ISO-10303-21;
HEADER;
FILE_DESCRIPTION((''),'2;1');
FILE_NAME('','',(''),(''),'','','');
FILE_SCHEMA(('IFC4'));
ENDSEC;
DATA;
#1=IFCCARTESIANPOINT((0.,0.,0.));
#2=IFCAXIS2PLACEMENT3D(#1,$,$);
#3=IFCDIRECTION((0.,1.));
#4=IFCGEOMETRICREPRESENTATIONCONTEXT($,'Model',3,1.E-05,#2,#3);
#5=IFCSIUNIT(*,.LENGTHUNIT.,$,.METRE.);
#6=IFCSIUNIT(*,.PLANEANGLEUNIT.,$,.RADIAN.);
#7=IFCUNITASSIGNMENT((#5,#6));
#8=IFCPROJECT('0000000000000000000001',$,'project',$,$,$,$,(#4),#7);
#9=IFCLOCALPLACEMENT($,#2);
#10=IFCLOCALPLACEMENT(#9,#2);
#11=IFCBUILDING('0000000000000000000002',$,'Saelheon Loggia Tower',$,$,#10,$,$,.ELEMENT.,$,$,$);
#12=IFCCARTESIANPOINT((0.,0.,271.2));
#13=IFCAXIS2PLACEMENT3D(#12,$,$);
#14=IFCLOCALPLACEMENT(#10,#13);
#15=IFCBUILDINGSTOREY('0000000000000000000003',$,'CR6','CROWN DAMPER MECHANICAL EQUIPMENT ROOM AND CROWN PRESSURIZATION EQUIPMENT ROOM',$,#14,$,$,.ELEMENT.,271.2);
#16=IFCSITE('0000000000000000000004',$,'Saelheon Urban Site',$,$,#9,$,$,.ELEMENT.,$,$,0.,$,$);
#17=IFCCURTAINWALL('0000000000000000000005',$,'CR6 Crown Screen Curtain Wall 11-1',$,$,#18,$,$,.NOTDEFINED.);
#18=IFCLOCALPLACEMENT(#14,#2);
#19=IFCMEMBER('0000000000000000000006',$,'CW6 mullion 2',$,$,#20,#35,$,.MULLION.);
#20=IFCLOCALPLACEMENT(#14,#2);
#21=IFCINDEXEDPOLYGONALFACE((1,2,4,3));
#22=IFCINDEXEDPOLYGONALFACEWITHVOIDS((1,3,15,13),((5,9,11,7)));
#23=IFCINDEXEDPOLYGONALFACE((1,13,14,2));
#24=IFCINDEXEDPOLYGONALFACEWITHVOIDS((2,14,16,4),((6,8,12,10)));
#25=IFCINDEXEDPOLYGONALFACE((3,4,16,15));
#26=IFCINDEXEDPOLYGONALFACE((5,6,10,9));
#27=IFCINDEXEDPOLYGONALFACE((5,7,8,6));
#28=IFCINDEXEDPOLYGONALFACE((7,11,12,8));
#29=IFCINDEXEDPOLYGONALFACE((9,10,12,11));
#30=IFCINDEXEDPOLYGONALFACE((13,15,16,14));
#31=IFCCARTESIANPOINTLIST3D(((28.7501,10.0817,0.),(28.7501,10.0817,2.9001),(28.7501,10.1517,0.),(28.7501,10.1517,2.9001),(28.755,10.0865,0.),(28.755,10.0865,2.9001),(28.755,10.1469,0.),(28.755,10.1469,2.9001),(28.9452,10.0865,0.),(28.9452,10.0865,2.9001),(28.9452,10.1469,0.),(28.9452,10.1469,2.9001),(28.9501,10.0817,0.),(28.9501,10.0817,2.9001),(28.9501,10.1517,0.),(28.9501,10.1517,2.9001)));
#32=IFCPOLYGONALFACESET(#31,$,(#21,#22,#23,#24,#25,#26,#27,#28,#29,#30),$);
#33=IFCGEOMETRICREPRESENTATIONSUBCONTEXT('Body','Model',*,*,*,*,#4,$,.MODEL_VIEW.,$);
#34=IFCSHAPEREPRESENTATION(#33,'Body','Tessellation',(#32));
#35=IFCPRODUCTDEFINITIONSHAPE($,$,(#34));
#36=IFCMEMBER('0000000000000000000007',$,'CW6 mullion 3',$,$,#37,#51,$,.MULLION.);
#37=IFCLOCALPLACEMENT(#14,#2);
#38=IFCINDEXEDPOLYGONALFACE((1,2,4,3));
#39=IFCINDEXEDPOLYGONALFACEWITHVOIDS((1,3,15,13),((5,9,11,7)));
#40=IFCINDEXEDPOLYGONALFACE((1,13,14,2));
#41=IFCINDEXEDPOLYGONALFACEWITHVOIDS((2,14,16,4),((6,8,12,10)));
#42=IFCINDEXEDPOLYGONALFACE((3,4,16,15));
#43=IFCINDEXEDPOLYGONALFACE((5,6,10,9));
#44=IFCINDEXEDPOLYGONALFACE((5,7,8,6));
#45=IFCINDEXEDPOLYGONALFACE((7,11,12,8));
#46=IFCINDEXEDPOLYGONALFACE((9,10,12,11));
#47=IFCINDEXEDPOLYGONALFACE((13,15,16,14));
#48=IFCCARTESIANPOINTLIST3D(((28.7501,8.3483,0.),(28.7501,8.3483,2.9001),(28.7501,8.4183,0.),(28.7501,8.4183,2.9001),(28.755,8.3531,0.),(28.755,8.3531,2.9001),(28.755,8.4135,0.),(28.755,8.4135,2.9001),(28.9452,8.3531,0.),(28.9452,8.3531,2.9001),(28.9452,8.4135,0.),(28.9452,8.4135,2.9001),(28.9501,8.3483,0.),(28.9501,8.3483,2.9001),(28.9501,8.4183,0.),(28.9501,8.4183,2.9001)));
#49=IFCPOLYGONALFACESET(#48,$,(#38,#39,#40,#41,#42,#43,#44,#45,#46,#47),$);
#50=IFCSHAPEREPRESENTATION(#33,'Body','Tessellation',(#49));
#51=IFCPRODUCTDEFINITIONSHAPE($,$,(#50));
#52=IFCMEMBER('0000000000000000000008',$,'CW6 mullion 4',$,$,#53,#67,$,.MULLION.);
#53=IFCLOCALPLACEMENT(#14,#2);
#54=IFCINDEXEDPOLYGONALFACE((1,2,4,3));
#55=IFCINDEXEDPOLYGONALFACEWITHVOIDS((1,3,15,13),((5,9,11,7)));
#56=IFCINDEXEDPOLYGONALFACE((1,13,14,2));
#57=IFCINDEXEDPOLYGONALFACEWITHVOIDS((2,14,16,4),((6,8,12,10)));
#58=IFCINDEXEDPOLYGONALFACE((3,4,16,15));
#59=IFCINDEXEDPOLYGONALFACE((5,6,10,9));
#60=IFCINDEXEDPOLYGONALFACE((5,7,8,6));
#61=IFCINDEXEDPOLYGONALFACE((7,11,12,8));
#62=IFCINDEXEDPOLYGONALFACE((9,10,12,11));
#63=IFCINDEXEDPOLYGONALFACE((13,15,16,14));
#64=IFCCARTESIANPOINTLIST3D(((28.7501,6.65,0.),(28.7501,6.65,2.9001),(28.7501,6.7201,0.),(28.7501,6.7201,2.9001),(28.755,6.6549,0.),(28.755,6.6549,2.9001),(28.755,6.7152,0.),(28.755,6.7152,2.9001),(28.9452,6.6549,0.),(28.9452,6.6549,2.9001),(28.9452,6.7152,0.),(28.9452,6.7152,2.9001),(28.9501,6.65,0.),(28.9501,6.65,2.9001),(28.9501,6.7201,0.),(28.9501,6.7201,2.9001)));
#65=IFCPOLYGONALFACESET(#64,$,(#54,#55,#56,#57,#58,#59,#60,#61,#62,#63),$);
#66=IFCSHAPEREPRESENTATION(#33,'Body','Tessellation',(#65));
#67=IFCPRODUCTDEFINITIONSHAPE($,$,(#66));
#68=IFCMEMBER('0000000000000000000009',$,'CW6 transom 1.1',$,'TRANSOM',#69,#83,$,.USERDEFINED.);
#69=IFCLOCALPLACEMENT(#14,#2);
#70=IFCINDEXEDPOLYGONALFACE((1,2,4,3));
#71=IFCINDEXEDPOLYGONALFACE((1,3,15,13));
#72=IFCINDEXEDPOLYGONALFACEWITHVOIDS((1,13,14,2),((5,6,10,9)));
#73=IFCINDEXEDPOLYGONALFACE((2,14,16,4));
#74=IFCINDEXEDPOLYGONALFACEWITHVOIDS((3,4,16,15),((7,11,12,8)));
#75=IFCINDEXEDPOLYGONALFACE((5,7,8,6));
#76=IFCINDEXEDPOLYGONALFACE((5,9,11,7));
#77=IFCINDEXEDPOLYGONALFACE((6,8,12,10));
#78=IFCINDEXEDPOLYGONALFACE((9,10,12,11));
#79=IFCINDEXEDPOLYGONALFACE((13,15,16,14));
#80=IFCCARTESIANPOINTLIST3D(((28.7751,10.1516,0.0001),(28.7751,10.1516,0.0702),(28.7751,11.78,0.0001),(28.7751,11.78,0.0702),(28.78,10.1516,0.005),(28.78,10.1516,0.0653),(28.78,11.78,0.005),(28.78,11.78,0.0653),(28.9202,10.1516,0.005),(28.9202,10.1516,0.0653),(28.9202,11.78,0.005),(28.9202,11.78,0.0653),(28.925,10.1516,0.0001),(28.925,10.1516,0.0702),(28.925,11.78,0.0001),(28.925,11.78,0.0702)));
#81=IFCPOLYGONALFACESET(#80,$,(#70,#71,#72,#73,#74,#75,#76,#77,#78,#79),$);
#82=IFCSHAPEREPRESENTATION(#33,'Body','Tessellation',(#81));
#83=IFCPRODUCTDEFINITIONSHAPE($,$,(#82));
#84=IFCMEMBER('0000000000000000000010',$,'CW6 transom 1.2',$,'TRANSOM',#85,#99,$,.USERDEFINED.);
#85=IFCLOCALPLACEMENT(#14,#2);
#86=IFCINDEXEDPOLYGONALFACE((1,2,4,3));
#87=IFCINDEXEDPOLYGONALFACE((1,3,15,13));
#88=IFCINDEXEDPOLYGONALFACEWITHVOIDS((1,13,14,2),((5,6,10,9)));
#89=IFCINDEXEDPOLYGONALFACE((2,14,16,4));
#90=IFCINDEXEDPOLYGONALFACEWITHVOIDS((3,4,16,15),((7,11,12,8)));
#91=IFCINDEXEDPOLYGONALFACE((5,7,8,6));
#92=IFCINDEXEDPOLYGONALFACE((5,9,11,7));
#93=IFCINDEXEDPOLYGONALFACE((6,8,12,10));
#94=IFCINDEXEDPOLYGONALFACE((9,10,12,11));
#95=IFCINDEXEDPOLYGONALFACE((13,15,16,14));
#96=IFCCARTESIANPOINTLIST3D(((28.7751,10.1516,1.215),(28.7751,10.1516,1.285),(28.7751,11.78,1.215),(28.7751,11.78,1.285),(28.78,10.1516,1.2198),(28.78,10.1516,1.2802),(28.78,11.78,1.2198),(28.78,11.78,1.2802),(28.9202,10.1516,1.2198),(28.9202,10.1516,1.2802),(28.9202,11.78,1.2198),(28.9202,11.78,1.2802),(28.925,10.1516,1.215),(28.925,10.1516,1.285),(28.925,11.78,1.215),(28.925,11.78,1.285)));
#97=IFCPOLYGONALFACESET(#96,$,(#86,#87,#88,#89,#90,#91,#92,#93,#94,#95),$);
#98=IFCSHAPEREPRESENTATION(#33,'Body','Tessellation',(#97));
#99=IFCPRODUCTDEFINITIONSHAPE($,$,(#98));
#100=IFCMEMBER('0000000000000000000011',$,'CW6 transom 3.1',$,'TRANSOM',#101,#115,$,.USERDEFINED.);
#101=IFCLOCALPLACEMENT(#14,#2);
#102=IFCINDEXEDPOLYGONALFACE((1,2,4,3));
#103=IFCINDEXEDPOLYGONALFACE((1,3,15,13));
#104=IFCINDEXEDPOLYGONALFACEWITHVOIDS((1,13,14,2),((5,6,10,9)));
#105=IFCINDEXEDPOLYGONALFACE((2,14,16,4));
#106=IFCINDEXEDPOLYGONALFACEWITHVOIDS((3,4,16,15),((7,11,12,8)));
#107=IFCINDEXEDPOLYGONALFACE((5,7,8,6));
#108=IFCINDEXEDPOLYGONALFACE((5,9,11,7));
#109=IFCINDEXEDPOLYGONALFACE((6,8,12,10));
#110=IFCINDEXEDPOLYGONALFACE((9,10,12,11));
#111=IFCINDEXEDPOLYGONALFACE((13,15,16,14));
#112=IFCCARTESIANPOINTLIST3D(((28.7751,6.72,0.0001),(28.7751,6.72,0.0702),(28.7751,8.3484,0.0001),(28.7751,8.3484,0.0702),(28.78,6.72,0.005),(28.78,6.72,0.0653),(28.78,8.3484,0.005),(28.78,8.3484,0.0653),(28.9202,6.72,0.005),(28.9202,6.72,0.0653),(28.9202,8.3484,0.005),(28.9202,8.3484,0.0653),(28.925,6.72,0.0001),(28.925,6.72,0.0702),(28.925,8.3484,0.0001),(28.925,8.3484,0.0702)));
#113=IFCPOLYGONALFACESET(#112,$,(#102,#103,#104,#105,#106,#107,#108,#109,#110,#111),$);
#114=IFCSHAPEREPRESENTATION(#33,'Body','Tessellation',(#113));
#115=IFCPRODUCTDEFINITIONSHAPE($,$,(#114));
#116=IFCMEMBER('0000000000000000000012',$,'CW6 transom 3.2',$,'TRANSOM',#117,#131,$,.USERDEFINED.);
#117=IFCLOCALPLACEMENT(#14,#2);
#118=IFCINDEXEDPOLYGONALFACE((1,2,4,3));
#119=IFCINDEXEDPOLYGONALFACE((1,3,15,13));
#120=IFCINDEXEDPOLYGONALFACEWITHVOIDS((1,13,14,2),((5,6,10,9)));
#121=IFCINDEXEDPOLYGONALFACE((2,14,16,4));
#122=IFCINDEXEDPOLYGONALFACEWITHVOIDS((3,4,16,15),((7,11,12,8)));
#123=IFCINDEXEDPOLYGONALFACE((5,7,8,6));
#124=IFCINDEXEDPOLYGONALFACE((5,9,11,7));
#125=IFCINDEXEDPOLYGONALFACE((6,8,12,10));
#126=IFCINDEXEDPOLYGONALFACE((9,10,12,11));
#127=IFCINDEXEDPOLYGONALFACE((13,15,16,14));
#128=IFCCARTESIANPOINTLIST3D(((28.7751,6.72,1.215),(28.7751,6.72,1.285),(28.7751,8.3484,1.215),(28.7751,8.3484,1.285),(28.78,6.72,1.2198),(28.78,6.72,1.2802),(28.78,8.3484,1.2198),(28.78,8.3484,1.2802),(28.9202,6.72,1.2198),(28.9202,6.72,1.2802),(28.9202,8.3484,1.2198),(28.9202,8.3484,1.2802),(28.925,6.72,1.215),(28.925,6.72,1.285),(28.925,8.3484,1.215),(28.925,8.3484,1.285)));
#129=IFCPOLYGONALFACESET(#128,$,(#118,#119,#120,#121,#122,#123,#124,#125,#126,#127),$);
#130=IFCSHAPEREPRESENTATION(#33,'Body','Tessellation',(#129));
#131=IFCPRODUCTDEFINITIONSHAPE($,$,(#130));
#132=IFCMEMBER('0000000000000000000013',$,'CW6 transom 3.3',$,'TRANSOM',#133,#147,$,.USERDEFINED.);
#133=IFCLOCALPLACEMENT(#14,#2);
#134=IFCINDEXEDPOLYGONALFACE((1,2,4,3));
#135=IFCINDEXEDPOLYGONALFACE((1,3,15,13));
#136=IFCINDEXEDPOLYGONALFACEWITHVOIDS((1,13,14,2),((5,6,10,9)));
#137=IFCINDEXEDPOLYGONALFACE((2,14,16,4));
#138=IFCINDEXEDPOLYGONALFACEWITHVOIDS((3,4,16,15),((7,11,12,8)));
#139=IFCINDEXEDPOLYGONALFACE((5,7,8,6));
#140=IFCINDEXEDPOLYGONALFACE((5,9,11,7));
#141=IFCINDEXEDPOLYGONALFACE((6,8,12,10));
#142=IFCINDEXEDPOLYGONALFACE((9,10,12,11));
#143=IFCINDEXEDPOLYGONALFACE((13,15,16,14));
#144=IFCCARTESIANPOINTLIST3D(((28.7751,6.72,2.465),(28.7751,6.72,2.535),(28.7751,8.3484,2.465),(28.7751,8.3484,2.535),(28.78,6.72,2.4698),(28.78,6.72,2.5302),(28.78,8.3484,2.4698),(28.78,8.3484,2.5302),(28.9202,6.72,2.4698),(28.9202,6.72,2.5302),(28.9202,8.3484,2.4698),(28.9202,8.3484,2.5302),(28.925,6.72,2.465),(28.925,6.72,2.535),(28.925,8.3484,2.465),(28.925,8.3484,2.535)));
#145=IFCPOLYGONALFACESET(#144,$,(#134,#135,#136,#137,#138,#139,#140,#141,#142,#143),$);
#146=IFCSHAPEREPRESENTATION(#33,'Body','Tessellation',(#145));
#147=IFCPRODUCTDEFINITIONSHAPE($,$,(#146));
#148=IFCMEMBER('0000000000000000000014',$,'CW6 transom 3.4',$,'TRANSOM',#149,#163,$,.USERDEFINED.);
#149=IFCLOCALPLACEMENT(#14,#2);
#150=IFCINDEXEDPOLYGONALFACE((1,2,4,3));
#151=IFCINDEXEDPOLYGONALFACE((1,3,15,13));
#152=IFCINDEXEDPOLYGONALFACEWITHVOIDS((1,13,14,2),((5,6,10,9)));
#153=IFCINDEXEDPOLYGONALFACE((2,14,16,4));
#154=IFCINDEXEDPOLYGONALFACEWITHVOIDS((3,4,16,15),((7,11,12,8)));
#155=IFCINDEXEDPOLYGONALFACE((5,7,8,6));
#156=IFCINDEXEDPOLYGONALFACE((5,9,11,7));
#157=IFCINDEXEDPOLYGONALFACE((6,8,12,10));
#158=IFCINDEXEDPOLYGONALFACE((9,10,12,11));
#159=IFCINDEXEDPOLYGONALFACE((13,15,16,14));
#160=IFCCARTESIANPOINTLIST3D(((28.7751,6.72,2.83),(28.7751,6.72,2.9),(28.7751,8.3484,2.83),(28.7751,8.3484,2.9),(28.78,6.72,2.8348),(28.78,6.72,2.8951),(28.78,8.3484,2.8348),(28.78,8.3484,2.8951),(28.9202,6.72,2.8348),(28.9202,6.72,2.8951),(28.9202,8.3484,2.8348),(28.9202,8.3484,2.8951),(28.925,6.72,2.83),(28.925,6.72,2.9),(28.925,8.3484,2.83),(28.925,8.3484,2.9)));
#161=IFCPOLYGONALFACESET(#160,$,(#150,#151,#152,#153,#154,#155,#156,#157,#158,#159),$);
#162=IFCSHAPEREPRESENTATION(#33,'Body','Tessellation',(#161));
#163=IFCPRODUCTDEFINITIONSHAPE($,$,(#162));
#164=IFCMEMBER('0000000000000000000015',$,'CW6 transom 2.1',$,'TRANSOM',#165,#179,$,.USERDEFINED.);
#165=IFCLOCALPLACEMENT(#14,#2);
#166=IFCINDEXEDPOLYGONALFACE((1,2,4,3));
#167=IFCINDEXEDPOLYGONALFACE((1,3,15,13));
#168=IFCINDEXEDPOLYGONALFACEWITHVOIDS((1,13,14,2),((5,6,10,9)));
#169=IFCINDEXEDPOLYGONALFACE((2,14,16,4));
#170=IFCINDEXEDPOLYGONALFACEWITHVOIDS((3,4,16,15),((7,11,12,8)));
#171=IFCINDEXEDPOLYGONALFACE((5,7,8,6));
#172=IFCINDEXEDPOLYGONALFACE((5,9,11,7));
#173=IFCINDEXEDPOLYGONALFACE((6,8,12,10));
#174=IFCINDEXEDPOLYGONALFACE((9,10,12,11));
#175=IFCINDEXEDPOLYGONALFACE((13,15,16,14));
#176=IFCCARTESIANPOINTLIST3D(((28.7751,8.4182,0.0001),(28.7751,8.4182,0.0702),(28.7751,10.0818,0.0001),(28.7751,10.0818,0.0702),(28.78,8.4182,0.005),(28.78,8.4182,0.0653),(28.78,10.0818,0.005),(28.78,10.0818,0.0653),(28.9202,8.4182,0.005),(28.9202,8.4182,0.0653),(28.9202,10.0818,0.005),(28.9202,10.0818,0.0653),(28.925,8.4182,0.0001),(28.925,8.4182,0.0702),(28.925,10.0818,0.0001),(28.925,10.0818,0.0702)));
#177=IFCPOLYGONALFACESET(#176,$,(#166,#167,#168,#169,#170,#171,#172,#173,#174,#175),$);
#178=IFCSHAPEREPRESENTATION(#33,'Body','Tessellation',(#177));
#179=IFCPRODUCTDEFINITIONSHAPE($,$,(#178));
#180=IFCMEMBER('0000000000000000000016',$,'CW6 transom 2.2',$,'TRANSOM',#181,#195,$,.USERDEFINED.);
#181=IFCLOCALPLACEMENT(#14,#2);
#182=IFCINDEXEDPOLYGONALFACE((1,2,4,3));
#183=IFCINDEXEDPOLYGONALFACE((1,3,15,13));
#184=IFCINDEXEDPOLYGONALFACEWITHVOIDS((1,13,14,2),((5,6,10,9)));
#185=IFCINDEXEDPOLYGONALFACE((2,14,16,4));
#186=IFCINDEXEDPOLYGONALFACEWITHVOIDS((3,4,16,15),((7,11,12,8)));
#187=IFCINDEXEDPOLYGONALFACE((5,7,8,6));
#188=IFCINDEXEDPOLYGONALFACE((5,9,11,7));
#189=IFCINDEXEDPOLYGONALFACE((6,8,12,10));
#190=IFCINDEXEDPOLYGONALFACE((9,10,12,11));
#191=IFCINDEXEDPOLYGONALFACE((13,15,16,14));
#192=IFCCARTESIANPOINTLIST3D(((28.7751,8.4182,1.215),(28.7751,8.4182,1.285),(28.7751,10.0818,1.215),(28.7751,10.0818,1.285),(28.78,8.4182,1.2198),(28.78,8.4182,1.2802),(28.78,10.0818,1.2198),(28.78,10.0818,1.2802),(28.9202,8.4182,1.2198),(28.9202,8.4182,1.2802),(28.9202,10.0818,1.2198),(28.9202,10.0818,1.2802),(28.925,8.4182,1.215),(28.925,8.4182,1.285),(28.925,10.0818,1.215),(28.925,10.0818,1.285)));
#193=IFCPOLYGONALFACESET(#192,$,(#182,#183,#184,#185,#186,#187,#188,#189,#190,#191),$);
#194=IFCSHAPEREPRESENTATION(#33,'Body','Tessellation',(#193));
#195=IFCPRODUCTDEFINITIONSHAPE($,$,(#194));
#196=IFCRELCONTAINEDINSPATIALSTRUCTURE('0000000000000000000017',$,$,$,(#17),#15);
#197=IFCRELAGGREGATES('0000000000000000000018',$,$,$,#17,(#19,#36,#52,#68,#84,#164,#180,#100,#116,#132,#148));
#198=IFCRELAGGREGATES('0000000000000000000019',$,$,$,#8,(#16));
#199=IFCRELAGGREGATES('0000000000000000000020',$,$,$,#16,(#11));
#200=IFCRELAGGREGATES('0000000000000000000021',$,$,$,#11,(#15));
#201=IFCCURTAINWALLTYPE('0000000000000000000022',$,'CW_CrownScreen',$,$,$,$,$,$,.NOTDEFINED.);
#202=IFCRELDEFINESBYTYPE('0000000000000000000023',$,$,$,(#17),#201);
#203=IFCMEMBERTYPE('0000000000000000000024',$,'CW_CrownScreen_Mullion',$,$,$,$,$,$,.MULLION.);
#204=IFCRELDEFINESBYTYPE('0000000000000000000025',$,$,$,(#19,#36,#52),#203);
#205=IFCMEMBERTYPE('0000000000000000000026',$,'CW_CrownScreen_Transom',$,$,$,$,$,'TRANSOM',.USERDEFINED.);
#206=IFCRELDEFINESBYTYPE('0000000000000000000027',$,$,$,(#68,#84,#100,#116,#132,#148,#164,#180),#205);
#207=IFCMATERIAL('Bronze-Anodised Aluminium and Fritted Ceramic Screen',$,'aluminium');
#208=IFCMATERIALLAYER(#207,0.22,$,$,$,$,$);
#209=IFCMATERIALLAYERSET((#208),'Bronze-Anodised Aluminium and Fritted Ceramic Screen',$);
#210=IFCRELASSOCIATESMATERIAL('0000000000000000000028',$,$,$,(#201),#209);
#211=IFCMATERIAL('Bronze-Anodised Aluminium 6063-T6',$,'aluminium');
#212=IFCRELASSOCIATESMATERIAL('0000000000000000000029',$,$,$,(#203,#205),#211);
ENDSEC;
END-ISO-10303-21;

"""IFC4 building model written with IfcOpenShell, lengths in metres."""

from ifc_helpers import new_model, si_unit, direction, frame, origin, origin_2d, place, context, subcontext, project, spatial, hollow_rectangle, extrude, source, transform, mapped, material, layer, layer_set, material_profile, profile_set, type_object, element, aggregate, save


model = new_model("IFC4")

# Units and contexts
model_context = context("Model", 3, precision=1e-05, world=origin(), true_north=direction((0.0, 1.0)))
body_context = subcontext(model_context, "Body", "Model", "MODEL_VIEW")
ifc_project = project(units=[si_unit("LENGTHUNIT", "METRE"), si_unit("PLANEANGLEUNIT", "RADIAN")], contexts=[model_context])

# Site, building, storey
site_placement = place(None, origin())
site = spatial("IfcSite", under=ifc_project, at=site_placement, Name="Saelheon Urban Site", CompositionType="ELEMENT", RefElevation=0.0)
building_placement = place(site_placement, origin())
building = spatial("IfcBuilding", under=site, at=building_placement, Name="Saelheon Loggia Tower", CompositionType="ELEMENT")
storey_placement = place(building_placement, frame((0.0, 0.0, 271.2)))
storey = spatial("IfcBuildingStorey", under=building, at=storey_placement, Name="CR6", Description="CROWN DAMPER MECHANICAL EQUIPMENT ROOM AND CROWN PRESSURIZATION EQUIPMENT ROOM", CompositionType="ELEMENT", Elevation=271.2)

# Curtain wall, members
ifc_material_1 = material(Name="Bronze-Anodised Aluminium and Fritted Ceramic Screen", Category="aluminium")
ifc_layer_1 = layer(ifc_material_1, 0.22)
ifc_layer_set_1 = layer_set([ifc_layer_1], Name="Bronze-Anodised Aluminium and Fritted Ceramic Screen")
curtain_wall_type = type_object("IfcCurtainWallType", Name="CW_CrownScreen", PredefinedType="NOTDEFINED", material=ifc_layer_set_1)
curtain_wall_placement = place(storey_placement, origin())
curtain_wall = element("IfcCurtainWall", 1, at=curtain_wall_placement, inside=storey, type_object=curtain_wall_type, Name="CR6 Crown Screen Curtain Wall 11-1", PredefinedType="NOTDEFINED")
ifc_material_2 = material(Name="Bronze-Anodised Aluminium 6063-T6", Category="aluminium")
ifc_material_profile_1 = material_profile(ifc_material_2, hollow_rectangle(XDim=0.0701, YDim=0.2, WallThickness=0.0049, at=origin_2d()), Name="RHS-200x70x5")
ifc_profile_set_1 = profile_set([ifc_material_profile_1], Name="Bronze-Anodised Aluminium 6063-T6")
member_type_1 = type_object("IfcMemberType", Name="CW_CrownScreen_Mullion", PredefinedType="MULLION", material=ifc_profile_set_1)
shared_shape_1 = source(origin(), body_context, "Body", "SweptSolid", [
    extrude(hollow_rectangle(XDim=0.0701, YDim=0.2, WallThickness=0.0049, at=origin_2d()), origin(), (0.0, 0.0, 1.0), 2.9001),
])
member_1_placement = place(storey_placement, frame((28.8501, 10.1167, 0.0), z_axis=(0.0, 0.0, 1.0), x_axis=(0.0, -1.0, 0.0)))
member_1 = element("IfcMember", 2, at=member_1_placement, type_object=member_type_1, Name="CW6 mullion 2", PredefinedType="MULLION", context=body_context, shape_type="MappedRepresentation", body=[
    mapped(shared_shape_1, transform((0.0, 0.0, 0.0), scale=1.0)),
])
member_2_placement = place(storey_placement, frame((28.8501, 8.3833, 0.0), z_axis=(0.0, 0.0, 1.0), x_axis=(0.0, -1.0, 0.0)))
member_2 = element("IfcMember", 3, at=member_2_placement, type_object=member_type_1, Name="CW6 mullion 3", PredefinedType="MULLION", context=body_context, shape_type="MappedRepresentation", body=[
    mapped(shared_shape_1, transform((0.0, 0.0, 0.0), scale=1.0)),
])
member_3_placement = place(storey_placement, frame((28.8501, 6.6851, 0.0), z_axis=(0.0, 0.0, 1.0), x_axis=(0.0, -1.0, 0.0)))
member_3 = element("IfcMember", 4, at=member_3_placement, type_object=member_type_1, Name="CW6 mullion 4", PredefinedType="MULLION", context=body_context, shape_type="MappedRepresentation", body=[
    mapped(shared_shape_1, transform((0.0, 0.0, 0.0), scale=1.0)),
])
ifc_material_profile_2 = material_profile(ifc_material_2, hollow_rectangle(XDim=0.0701, YDim=0.1499, WallThickness=0.0049, at=origin_2d()), Name="RHS-150x70x5")
ifc_profile_set_2 = profile_set([ifc_material_profile_2], Name="Bronze-Anodised Aluminium 6063-T6")
member_type_2 = type_object("IfcMemberType", Name="CW_CrownScreen_Transom", ElementType="TRANSOM", PredefinedType="USERDEFINED", material=ifc_profile_set_2)
shared_shape_2 = source(origin(), body_context, "Body", "SweptSolid", [
    extrude(hollow_rectangle(XDim=0.0701, YDim=0.1499, WallThickness=0.0049, at=origin_2d()), origin(), (0.0, 0.0, 1.0), 1.6284),
])
member_4_placement = place(storey_placement, frame((28.8501, 11.78, 0.0352), z_axis=(0.0, -1.0, 0.0), x_axis=(0.0, 0.0, 1.0)))
member_4 = element("IfcMember", 5, at=member_4_placement, type_object=member_type_2, Name="CW6 transom 1.1", ObjectType="TRANSOM", PredefinedType="USERDEFINED", context=body_context, shape_type="MappedRepresentation", body=[
    mapped(shared_shape_2, transform((0.0, 0.0, 0.0), scale=1.0)),
])
member_5_placement = place(storey_placement, frame((28.8501, 11.78, 1.25), z_axis=(0.0, -1.0, 0.0), x_axis=(0.0, 0.0, 1.0)))
member_5 = element("IfcMember", 6, at=member_5_placement, type_object=member_type_2, Name="CW6 transom 1.2", ObjectType="TRANSOM", PredefinedType="USERDEFINED", context=body_context, shape_type="MappedRepresentation", body=[
    mapped(shared_shape_2, transform((0.0, 0.0, 0.0), scale=1.0)),
])
member_6_placement = place(storey_placement, frame((28.8501, 8.3484, 0.0352), z_axis=(0.0, -1.0, 0.0), x_axis=(0.0, 0.0, 1.0)))
member_6 = element("IfcMember", 7, at=member_6_placement, type_object=member_type_2, Name="CW6 transom 3.1", ObjectType="TRANSOM", PredefinedType="USERDEFINED", context=body_context, shape_type="MappedRepresentation", body=[
    mapped(shared_shape_2, transform((0.0, 0.0, 0.0), scale=1.0)),
])
member_7_placement = place(storey_placement, frame((28.8501, 8.3484, 1.25), z_axis=(0.0, -1.0, 0.0), x_axis=(0.0, 0.0, 1.0)))
member_7 = element("IfcMember", 8, at=member_7_placement, type_object=member_type_2, Name="CW6 transom 3.2", ObjectType="TRANSOM", PredefinedType="USERDEFINED", context=body_context, shape_type="MappedRepresentation", body=[
    mapped(shared_shape_2, transform((0.0, 0.0, 0.0), scale=1.0)),
])
member_8_placement = place(storey_placement, frame((28.8501, 8.3484, 2.5), z_axis=(0.0, -1.0, 0.0), x_axis=(0.0, 0.0, 1.0)))
member_8 = element("IfcMember", 9, at=member_8_placement, type_object=member_type_2, Name="CW6 transom 3.3", ObjectType="TRANSOM", PredefinedType="USERDEFINED", context=body_context, shape_type="MappedRepresentation", body=[
    mapped(shared_shape_2, transform((0.0, 0.0, 0.0), scale=1.0)),
])
member_9_placement = place(storey_placement, frame((28.8501, 8.3484, 2.865), z_axis=(0.0, -1.0, 0.0), x_axis=(0.0, 0.0, 1.0)))
member_9 = element("IfcMember", 10, at=member_9_placement, type_object=member_type_2, Name="CW6 transom 3.4", ObjectType="TRANSOM", PredefinedType="USERDEFINED", context=body_context, shape_type="MappedRepresentation", body=[
    mapped(shared_shape_2, transform((0.0, 0.0, 0.0), scale=1.0)),
])
shared_shape_3 = source(origin(), body_context, "Body", "SweptSolid", [
    extrude(hollow_rectangle(XDim=0.0701, YDim=0.1499, WallThickness=0.0049, at=origin_2d()), origin(), (0.0, 0.0, 1.0), 1.6636),
])
member_10_placement = place(storey_placement, frame((28.8501, 10.0818, 0.0352), z_axis=(0.0, -1.0, 0.0), x_axis=(0.0, 0.0, 1.0)))
member_10 = element("IfcMember", 11, at=member_10_placement, type_object=member_type_2, Name="CW6 transom 2.1", ObjectType="TRANSOM", PredefinedType="USERDEFINED", context=body_context, shape_type="MappedRepresentation", body=[
    mapped(shared_shape_3, transform((0.0, 0.0, 0.0), scale=1.0)),
])
member_11_placement = place(storey_placement, frame((28.8501, 10.0818, 1.25), z_axis=(0.0, -1.0, 0.0), x_axis=(0.0, 0.0, 1.0)))
member_11 = element("IfcMember", 12, at=member_11_placement, type_object=member_type_2, Name="CW6 transom 2.2", ObjectType="TRANSOM", PredefinedType="USERDEFINED", context=body_context, shape_type="MappedRepresentation", body=[
    mapped(shared_shape_3, transform((0.0, 0.0, 0.0), scale=1.0)),
])
aggregate(curtain_wall, [member_1, member_2, member_3, member_4, member_5, member_10, member_11, member_6, member_7, member_8, member_9])

save(model, "model.ifc")
